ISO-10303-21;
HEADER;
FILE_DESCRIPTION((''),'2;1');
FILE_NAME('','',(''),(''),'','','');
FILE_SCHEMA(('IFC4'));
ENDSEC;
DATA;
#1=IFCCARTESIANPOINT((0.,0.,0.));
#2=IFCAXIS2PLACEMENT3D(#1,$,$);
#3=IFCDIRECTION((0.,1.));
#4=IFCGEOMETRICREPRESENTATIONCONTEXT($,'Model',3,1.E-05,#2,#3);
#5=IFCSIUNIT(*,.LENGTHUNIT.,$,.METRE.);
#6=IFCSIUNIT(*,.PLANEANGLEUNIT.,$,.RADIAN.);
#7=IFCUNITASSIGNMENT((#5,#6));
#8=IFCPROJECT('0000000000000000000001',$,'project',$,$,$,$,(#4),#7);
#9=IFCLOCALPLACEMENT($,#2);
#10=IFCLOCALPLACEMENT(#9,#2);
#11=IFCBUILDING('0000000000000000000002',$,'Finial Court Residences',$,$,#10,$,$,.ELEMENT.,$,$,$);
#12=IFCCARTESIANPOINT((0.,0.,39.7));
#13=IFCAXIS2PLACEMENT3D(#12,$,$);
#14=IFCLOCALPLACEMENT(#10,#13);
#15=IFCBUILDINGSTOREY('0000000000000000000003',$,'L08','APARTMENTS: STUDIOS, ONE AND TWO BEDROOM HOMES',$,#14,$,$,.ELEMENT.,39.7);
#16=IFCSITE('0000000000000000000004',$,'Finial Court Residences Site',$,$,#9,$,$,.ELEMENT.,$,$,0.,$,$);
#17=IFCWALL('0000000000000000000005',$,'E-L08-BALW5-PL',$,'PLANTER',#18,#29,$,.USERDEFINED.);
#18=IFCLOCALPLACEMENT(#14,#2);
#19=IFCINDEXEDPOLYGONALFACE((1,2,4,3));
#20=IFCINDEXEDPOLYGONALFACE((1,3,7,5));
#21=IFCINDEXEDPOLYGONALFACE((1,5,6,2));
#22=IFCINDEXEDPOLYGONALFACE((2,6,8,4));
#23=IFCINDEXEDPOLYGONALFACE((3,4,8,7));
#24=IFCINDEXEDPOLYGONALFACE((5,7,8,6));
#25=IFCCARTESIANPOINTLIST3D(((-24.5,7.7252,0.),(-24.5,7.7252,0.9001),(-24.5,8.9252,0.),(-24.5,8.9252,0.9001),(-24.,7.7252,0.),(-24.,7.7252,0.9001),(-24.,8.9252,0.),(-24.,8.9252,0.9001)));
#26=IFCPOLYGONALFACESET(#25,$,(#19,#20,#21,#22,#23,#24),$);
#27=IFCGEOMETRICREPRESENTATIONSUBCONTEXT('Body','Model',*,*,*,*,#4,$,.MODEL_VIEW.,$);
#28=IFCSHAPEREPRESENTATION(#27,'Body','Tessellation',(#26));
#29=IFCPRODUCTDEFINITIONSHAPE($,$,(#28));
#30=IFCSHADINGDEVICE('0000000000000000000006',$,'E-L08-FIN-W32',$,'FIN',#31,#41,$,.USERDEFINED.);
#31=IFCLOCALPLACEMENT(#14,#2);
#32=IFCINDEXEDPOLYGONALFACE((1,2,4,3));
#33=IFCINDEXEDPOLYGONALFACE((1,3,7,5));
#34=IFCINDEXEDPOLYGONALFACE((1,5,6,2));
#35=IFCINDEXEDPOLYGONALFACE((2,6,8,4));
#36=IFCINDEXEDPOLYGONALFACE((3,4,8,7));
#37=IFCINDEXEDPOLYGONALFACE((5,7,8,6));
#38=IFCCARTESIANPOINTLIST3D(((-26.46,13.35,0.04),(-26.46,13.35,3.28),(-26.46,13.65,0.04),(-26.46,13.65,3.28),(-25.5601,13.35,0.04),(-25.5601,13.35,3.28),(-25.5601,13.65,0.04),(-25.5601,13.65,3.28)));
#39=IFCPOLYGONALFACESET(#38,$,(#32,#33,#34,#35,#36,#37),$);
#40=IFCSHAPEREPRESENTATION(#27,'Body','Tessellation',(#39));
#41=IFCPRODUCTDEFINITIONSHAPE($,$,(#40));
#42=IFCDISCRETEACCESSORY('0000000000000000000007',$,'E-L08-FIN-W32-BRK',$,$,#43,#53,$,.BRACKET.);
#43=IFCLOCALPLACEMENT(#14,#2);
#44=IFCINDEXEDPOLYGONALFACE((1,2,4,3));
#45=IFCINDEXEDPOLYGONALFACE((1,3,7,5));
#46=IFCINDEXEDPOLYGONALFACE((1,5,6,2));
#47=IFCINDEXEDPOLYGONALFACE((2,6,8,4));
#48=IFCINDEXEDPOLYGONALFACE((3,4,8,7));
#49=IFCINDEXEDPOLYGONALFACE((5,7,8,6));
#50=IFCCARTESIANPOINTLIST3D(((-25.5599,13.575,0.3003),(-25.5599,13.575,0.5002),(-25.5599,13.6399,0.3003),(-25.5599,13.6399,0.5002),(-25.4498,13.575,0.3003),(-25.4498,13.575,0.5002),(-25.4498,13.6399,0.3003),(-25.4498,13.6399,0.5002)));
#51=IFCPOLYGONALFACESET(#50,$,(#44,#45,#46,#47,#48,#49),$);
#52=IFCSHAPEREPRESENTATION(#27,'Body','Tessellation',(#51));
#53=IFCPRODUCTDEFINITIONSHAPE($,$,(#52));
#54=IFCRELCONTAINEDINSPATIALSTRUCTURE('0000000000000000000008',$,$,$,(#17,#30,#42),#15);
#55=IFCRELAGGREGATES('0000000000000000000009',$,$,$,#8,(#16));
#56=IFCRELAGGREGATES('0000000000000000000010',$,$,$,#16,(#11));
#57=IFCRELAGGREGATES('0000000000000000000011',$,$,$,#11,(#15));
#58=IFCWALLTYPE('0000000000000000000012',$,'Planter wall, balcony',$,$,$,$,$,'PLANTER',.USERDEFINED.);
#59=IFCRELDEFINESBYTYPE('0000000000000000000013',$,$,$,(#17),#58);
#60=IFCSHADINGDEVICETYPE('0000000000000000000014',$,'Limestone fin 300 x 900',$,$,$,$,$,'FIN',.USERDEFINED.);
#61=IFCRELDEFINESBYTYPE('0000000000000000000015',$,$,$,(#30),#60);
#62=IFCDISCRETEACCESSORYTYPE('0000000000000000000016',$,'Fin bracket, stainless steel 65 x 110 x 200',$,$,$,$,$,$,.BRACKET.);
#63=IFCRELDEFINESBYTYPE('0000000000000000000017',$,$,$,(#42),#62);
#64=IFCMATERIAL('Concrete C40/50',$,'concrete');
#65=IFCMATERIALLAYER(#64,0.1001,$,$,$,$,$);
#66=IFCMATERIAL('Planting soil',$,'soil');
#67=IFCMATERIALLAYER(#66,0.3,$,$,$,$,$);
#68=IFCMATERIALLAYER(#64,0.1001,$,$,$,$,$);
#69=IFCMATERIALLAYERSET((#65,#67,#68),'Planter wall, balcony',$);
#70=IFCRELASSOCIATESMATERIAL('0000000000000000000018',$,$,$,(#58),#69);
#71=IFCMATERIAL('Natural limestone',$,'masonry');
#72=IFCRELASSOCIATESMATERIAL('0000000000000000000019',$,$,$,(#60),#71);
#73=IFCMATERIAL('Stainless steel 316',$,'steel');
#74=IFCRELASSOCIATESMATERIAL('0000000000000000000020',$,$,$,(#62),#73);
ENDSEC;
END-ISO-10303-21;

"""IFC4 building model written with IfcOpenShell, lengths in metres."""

from ifc_helpers import new_model, si_unit, direction, frame, frame_2d, origin, origin_2d, place, context, subcontext, project, spatial, rectangle, extrude, material, layer, layer_set, type_object, element, save


model = new_model("IFC4")

# Units and contexts
model_context = context("Model", 3, precision=1e-05, world=origin(), true_north=direction((0.0, 1.0)))
body_context = subcontext(model_context, "Body", "Model", "MODEL_VIEW")
ifc_project = project(units=[si_unit("LENGTHUNIT", "METRE"), si_unit("PLANEANGLEUNIT", "RADIAN")], contexts=[model_context])

# Site, building, storey
site_placement = place(None, origin())
site = spatial("IfcSite", under=ifc_project, at=site_placement, Name="Finial Court Residences Site", CompositionType="ELEMENT", RefElevation=0.0)
building_placement = place(site_placement, origin())
building = spatial("IfcBuilding", under=site, at=building_placement, Name="Finial Court Residences", CompositionType="ELEMENT")
storey_placement = place(building_placement, frame((0.0, 0.0, 39.7)))
storey = spatial("IfcBuildingStorey", under=building, at=storey_placement, Name="L08", Description="APARTMENTS: STUDIOS, ONE AND TWO BEDROOM HOMES", CompositionType="ELEMENT", Elevation=39.7)

# Shared definitions
ifc_material_1 = material(Name="Natural limestone", Category="masonry")

# Wall
ifc_material_2 = material(Name="Concrete C40/50", Category="concrete")
ifc_layer_1 = layer(ifc_material_2, 0.1001)
ifc_material_3 = material(Name="Planting soil", Category="soil")
ifc_layer_2 = layer(ifc_material_3, 0.3)
ifc_layer_3 = layer(ifc_material_2, 0.1001)
ifc_layer_set_1 = layer_set([ifc_layer_1, ifc_layer_2, ifc_layer_3], Name="Planter wall, balcony")
wall_type_1 = type_object("IfcWallType", Name="Planter wall, balcony", ElementType="PLANTER", PredefinedType="USERDEFINED", material=ifc_layer_set_1)
wall_1_placement = place(storey_placement, frame((-24.25, 7.7251, 0.0), z_axis=(0.0, 0.0, 1.0), x_axis=(0.0, 1.0, 0.0)))
element("IfcWall", 1, at=wall_1_placement, inside=storey, type_object=wall_type_1, Name="E-L08-BALW5-PL", ObjectType="PLANTER", PredefinedType="USERDEFINED", context=body_context, shape_type="SweptSolid", body=[
    extrude(rectangle(XDim=1.2, YDim=0.5, at=frame_2d((0.6001, 0.0))), origin(), (0.0, 0.0, 1.0), 0.9001),
])

# Shading device
shading_device_type = type_object("IfcShadingDeviceType", Name="Limestone fin 300 x 900", ElementType="FIN", PredefinedType="USERDEFINED", material=ifc_material_1)
shading_device_placement = place(storey_placement, frame((-26.01, 13.5, 0.04), z_axis=(0.0, 0.0, 1.0), x_axis=(1.0, 0.0, 0.0)))
element("IfcShadingDevice", 2, at=shading_device_placement, inside=storey, type_object=shading_device_type, Name="E-L08-FIN-W32", ObjectType="FIN", PredefinedType="USERDEFINED", context=body_context, shape_type="SweptSolid", body=[
    extrude(rectangle(XDim=0.8999, YDim=0.3, at=origin_2d()), origin(), (0.0, 0.0, 1.0), 3.24),
])

# Discrete accessory
ifc_material_4 = material(Name="Stainless steel 316", Category="steel")
discrete_accessory_type = type_object("IfcDiscreteAccessoryType", Name="Fin bracket, stainless steel 65 x 110 x 200", PredefinedType="BRACKET", material=ifc_material_4)
discrete_accessory_placement = place(storey_placement, frame((-25.5049, 13.6074, 0.3003), z_axis=(0.0, 0.0, 1.0), x_axis=(1.0, 0.0, 0.0)))
element("IfcDiscreteAccessory", 3, at=discrete_accessory_placement, inside=storey, type_object=discrete_accessory_type, Name="E-L08-FIN-W32-BRK", PredefinedType="BRACKET", context=body_context, shape_type="SweptSolid", body=[
    extrude(rectangle(XDim=0.1101, YDim=0.0649, at=origin_2d()), origin(), (0.0, 0.0, 1.0), 0.2),
])

save(model, "model.ifc")
